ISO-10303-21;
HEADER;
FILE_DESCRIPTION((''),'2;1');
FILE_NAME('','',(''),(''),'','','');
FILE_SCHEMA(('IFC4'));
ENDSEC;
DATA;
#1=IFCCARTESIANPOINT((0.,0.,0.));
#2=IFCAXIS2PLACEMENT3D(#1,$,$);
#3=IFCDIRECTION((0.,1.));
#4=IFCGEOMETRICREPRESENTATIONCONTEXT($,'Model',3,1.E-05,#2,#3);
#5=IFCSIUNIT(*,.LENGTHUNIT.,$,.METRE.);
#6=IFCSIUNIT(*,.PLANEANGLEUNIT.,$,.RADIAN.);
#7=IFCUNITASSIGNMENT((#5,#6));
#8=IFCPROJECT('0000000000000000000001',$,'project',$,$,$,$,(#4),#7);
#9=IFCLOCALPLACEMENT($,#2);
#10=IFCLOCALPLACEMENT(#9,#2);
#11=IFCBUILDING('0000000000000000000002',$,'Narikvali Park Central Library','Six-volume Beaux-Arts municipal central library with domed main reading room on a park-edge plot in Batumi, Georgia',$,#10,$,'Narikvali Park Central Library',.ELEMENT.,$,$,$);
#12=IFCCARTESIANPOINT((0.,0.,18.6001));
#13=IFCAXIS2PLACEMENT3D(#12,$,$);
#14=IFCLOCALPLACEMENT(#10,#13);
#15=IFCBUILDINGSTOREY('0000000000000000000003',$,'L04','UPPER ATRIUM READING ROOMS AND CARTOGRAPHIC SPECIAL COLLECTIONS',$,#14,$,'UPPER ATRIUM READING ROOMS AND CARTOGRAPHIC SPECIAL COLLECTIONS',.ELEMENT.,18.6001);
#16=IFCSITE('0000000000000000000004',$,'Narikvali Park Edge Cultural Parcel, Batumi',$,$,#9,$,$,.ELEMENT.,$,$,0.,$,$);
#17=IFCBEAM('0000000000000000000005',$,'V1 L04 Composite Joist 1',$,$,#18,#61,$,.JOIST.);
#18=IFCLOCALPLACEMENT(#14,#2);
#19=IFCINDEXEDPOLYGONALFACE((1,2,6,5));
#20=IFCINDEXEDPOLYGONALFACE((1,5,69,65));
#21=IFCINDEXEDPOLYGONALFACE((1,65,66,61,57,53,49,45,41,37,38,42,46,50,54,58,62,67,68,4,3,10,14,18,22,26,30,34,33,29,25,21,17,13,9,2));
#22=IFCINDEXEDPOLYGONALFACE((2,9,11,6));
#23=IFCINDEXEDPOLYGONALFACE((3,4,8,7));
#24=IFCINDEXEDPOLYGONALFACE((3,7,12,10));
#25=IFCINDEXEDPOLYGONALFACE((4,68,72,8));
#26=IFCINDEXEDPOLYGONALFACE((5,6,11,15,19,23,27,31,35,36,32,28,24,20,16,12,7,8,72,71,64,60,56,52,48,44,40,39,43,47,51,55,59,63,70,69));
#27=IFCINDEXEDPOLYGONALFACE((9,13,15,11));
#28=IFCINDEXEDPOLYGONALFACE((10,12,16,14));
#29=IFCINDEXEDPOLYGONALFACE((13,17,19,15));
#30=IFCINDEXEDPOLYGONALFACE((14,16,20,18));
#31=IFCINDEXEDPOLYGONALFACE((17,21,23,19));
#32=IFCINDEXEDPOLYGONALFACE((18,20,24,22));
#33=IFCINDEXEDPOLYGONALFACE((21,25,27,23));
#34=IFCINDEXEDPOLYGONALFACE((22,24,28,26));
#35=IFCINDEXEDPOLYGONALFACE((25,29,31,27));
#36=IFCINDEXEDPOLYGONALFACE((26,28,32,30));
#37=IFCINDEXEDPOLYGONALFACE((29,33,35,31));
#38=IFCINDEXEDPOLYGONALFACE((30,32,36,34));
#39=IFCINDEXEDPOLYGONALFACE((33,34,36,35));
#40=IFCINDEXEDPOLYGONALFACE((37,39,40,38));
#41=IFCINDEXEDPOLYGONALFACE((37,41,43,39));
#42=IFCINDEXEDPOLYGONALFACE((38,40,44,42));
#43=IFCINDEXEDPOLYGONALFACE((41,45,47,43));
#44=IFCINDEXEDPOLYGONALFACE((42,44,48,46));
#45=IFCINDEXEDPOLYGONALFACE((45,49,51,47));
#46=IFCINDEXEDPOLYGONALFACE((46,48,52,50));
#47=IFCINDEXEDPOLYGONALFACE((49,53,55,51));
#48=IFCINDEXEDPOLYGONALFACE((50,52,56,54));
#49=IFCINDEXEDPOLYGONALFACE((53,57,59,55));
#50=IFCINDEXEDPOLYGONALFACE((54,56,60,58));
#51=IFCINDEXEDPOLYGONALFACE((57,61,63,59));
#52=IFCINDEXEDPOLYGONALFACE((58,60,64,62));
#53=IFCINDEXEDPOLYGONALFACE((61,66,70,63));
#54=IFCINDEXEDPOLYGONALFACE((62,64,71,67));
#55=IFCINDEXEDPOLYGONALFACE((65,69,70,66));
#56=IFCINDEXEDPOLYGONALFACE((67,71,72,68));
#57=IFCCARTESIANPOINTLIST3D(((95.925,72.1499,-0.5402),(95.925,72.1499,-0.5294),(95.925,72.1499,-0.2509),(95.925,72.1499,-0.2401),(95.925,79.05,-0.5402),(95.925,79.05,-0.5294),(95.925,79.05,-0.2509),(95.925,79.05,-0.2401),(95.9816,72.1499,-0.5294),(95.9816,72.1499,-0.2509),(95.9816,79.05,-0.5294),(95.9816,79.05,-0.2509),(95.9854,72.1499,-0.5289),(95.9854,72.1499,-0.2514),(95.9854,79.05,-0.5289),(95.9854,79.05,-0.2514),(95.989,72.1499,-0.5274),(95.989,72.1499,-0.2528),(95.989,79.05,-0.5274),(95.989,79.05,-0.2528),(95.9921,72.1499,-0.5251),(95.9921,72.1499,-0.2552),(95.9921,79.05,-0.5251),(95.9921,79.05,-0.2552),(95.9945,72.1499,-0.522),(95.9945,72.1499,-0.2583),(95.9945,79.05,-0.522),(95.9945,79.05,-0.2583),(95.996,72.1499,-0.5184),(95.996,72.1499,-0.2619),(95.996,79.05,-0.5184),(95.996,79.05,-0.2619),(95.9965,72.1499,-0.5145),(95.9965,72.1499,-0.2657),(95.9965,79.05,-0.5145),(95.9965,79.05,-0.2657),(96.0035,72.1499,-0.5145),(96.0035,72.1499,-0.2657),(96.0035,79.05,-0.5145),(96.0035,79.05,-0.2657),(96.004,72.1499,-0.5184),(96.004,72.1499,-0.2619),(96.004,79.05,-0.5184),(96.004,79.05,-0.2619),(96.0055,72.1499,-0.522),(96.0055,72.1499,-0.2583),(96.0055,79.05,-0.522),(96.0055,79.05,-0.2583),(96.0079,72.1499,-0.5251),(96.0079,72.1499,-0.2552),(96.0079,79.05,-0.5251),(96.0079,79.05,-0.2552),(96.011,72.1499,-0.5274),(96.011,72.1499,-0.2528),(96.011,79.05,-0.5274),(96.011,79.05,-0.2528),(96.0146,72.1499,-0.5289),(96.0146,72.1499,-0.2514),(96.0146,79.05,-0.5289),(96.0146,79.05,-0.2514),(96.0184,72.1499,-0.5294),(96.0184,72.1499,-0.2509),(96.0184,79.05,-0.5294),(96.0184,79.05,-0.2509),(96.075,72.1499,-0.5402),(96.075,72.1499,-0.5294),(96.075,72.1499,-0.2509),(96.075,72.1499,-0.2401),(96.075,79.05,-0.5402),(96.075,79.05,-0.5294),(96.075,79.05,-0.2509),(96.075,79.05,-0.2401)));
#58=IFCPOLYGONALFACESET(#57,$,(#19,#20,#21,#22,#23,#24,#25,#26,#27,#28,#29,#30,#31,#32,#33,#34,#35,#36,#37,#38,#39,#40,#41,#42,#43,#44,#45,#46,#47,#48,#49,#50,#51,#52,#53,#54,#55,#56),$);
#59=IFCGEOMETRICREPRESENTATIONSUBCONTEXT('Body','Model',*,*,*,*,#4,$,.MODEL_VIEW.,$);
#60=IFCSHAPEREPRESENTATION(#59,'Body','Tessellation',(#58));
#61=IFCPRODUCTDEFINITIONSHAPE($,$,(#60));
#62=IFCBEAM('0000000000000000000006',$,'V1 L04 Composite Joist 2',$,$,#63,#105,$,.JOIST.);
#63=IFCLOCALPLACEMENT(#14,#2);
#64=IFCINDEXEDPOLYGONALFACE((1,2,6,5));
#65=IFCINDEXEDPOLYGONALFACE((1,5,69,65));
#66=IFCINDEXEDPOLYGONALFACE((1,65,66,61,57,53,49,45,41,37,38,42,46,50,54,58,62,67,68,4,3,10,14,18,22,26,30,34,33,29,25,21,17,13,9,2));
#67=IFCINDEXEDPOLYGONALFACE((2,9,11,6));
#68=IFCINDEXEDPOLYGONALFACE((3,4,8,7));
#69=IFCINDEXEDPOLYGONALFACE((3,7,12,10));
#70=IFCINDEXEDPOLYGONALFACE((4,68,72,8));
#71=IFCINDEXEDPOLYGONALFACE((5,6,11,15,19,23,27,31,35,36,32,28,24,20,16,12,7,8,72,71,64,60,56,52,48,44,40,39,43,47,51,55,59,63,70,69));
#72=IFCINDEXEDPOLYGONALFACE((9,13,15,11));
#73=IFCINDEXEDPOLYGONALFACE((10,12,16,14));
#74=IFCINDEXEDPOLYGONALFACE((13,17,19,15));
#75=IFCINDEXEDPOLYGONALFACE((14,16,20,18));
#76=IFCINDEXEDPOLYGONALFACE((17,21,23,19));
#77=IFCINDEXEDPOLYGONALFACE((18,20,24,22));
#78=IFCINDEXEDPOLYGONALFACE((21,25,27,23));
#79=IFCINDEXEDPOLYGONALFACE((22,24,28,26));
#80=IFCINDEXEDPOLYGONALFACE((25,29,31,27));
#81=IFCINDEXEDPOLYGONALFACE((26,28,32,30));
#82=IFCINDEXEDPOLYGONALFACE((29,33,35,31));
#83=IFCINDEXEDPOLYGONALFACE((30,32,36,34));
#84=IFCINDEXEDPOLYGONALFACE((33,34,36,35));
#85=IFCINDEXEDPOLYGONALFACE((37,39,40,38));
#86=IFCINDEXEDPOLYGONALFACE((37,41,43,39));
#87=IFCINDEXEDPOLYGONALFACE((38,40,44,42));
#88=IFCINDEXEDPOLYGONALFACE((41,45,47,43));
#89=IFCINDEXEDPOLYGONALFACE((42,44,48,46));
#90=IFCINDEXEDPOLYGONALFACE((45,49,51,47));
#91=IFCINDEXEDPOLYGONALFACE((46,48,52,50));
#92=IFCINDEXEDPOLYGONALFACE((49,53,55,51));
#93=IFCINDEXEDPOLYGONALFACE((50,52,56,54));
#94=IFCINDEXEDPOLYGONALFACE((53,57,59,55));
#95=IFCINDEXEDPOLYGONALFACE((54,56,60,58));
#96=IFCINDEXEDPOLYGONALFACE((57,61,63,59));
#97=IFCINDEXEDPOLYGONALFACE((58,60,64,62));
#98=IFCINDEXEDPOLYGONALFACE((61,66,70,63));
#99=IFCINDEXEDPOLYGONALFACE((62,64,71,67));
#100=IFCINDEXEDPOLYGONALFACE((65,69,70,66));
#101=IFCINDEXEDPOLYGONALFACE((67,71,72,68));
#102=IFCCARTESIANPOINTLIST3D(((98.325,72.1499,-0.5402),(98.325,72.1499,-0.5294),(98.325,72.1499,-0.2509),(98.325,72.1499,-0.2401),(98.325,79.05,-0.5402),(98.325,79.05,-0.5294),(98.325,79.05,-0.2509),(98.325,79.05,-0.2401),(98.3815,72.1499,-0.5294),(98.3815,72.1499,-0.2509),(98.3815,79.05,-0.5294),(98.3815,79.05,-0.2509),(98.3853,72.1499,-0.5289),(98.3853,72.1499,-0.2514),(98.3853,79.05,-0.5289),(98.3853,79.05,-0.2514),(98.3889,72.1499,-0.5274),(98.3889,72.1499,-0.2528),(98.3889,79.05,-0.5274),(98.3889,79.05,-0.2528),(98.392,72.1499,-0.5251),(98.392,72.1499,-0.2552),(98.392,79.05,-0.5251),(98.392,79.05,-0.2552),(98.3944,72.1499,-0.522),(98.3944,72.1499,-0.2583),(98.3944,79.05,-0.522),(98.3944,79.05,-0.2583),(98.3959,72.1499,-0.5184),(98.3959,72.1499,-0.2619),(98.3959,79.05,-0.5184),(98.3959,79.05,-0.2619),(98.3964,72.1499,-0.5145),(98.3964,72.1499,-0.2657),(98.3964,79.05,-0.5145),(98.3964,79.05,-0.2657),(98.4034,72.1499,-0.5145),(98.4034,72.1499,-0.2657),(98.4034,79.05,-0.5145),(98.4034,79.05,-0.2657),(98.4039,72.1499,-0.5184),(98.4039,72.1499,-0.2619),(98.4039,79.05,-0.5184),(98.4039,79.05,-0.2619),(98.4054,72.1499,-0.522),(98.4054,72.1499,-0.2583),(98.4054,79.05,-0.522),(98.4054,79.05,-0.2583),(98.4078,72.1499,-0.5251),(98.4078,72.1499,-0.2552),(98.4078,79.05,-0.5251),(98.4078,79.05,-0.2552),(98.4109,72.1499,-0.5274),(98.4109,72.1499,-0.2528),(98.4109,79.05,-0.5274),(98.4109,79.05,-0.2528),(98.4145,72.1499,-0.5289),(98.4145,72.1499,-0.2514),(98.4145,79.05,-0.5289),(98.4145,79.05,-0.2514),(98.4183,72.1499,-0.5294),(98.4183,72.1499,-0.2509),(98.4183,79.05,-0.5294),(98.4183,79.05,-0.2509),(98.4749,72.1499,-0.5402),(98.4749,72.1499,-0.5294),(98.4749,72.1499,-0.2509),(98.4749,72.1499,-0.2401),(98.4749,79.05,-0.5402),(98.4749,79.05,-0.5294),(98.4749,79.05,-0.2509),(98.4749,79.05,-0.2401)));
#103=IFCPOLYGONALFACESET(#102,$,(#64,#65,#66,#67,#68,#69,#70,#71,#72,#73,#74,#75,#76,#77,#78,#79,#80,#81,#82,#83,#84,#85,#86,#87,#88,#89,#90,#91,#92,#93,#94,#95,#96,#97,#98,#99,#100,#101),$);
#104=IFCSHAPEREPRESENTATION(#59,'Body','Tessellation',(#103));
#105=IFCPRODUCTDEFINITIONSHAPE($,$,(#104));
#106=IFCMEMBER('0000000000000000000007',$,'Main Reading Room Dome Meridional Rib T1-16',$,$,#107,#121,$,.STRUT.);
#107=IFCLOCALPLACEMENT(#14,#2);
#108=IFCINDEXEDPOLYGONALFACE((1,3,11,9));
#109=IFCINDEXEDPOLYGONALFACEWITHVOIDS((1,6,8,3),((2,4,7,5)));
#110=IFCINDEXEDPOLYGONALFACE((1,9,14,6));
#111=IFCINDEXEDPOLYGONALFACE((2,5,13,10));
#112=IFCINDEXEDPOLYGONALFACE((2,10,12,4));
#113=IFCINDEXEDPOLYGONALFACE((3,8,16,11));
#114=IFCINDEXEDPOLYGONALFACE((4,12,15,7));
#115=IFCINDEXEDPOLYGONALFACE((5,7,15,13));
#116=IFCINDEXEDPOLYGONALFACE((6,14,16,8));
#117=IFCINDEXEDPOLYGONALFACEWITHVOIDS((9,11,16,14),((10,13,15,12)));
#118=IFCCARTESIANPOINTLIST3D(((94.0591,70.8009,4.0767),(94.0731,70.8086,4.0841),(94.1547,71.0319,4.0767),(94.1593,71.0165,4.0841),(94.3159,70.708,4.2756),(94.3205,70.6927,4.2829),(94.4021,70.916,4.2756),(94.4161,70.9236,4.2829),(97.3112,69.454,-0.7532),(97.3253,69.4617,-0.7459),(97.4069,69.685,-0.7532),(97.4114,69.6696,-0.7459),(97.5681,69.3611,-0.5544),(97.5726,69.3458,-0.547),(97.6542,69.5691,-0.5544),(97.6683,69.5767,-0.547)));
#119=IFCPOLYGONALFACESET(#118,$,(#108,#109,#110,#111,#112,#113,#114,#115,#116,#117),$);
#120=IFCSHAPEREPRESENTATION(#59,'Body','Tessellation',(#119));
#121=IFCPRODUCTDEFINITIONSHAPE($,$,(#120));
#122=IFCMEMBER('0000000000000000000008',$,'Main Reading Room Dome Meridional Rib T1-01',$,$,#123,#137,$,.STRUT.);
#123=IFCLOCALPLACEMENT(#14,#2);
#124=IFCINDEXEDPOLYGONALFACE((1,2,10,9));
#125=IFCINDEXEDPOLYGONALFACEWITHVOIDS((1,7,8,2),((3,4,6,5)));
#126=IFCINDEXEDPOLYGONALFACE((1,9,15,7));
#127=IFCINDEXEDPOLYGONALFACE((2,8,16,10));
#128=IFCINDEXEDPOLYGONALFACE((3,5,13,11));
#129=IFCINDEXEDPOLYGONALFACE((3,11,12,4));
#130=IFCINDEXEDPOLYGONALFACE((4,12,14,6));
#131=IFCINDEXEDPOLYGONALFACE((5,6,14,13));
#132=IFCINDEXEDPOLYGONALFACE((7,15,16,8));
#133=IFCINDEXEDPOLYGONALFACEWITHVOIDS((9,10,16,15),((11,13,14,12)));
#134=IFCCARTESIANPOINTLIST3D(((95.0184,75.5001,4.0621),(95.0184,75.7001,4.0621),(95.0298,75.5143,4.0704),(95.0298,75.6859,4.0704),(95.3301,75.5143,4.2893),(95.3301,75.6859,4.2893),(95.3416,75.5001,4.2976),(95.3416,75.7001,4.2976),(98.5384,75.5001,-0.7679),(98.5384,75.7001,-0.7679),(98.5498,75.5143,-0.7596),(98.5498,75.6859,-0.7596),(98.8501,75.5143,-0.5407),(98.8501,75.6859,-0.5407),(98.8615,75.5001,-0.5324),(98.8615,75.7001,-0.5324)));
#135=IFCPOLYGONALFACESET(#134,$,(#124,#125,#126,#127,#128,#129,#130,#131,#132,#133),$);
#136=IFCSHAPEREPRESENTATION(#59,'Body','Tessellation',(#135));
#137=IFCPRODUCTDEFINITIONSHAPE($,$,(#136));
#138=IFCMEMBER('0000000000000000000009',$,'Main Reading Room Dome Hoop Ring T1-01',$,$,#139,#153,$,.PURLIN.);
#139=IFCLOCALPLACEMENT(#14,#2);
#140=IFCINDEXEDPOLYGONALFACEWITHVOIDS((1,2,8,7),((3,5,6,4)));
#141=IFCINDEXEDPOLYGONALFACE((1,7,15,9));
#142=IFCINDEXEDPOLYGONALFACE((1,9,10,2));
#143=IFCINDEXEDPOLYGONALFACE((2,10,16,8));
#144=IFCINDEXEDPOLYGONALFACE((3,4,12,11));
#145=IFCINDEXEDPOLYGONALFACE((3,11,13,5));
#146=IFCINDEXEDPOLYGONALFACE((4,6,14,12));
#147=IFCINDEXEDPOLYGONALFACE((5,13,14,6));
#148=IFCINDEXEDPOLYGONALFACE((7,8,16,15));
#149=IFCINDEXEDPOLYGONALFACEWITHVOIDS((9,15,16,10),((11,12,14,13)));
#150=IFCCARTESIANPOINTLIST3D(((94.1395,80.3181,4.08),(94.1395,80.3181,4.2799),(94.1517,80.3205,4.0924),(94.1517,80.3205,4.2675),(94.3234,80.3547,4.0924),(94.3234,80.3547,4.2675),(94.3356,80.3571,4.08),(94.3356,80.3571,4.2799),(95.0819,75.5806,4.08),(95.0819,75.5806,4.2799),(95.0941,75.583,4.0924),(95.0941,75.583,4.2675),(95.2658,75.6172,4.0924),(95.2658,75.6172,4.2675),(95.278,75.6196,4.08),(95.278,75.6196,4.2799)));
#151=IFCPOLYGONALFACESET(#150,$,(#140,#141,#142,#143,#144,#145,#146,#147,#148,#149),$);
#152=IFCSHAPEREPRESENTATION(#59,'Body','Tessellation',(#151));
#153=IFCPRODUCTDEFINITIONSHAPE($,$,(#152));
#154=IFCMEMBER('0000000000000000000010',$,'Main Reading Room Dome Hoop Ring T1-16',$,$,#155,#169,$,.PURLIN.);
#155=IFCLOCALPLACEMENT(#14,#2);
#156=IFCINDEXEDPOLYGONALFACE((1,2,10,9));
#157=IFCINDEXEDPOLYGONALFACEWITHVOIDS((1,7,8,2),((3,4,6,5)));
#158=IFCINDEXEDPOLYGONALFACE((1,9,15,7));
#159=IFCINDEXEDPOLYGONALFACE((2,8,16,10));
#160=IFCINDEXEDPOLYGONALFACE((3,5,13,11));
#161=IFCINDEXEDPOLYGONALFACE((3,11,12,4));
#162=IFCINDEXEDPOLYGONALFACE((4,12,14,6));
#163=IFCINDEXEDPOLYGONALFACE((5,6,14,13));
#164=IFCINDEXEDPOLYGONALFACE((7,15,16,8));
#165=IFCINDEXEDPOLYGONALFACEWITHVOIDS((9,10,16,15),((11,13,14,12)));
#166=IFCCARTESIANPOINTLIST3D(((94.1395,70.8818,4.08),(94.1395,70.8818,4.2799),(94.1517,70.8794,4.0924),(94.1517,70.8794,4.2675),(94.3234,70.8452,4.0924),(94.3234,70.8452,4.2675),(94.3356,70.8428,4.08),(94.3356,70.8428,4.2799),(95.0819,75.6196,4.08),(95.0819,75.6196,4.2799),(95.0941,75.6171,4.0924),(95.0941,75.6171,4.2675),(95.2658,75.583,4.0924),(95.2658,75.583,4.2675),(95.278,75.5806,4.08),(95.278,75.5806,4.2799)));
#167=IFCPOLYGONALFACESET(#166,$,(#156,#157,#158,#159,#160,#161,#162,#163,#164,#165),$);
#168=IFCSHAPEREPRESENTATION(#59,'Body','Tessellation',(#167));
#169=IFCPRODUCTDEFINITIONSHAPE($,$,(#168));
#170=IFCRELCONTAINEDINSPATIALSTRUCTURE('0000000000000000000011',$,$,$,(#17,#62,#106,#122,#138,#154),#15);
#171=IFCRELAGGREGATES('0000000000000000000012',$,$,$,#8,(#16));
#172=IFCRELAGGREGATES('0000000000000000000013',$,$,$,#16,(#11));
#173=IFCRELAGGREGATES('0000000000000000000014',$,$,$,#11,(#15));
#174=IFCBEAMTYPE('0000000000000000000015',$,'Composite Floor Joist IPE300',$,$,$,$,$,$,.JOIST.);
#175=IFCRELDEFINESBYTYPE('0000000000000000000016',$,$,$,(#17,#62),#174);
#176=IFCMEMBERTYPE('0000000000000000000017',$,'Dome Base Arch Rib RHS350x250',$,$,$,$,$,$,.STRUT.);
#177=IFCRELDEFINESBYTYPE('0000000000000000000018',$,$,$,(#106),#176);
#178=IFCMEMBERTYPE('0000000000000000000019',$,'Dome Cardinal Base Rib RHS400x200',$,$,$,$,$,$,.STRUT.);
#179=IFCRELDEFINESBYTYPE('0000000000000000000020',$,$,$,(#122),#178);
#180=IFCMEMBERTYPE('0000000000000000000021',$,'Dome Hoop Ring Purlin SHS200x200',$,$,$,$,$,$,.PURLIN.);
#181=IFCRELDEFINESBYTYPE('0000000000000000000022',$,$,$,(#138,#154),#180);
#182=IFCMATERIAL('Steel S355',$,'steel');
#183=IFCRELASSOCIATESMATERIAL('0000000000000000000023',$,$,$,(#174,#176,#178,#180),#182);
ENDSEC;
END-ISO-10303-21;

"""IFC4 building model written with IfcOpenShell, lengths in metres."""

from ifc_helpers import new_model, si_unit, direction, frame, origin, origin_2d, place, context, subcontext, project, spatial, hollow_rectangle, i_section, extrude, material, material_profile, profile_set, type_object, element, save


model = new_model("IFC4")

# Units and contexts
model_context = context("Model", 3, precision=1e-05, world=origin(), true_north=direction((0.0, 1.0)))
body_context = subcontext(model_context, "Body", "Model", "MODEL_VIEW")
ifc_project = project(units=[si_unit("LENGTHUNIT", "METRE"), si_unit("PLANEANGLEUNIT", "RADIAN")], contexts=[model_context])

# Site, building, storey
site_placement = place(None, origin())
site = spatial("IfcSite", under=ifc_project, at=site_placement, Name="Narikvali Park Edge Cultural Parcel, Batumi", CompositionType="ELEMENT", RefElevation=0.0)
building_placement = place(site_placement, origin())
building = spatial("IfcBuilding", under=site, at=building_placement, Name="Narikvali Park Central Library", Description="Six-volume Beaux-Arts municipal central library with domed main reading room on a park-edge plot in Batumi, Georgia", LongName="Narikvali Park Central Library", CompositionType="ELEMENT")
storey_placement = place(building_placement, frame((0.0, 0.0, 18.6001)))
storey = spatial("IfcBuildingStorey", under=building, at=storey_placement, Name="L04", Description="UPPER ATRIUM READING ROOMS AND CARTOGRAPHIC SPECIAL COLLECTIONS", LongName="UPPER ATRIUM READING ROOMS AND CARTOGRAPHIC SPECIAL COLLECTIONS", CompositionType="ELEMENT", Elevation=18.6001)

# Beams
ifc_material_1 = material(Name="Steel S355", Category="steel")
ifc_material_profile_1 = material_profile(ifc_material_1, i_section(OverallWidth=0.1499, OverallDepth=0.3, WebThickness=0.0071, FlangeThickness=0.0107, FilletRadius=0.0149, at=origin_2d()), Name="IPE 300")
ifc_profile_set_1 = profile_set([ifc_material_profile_1], Name="Steel S355")
beam_type_1 = type_object("IfcBeamType", Name="Composite Floor Joist IPE300", PredefinedType="JOIST", material=ifc_profile_set_1)
for number, where, z_axis, x_axis, name in (
    (1, (96.0, 72.1499, -0.3901), (0.0, 1.0, 0.0), (-1.0, 0.0, 0.0), "V1 L04 Composite Joist 1"),
    (2, (98.3999, 72.1499, -0.3901), (0.0, 1.0, 0.0), (-1.0, 0.0, 0.0), "V1 L04 Composite Joist 2"),
):
    element("IfcBeam", number, at=place(storey_placement, frame(where, z_axis=z_axis, x_axis=x_axis)), inside=storey, type_object=beam_type_1, Name=name, PredefinedType="JOIST", context=body_context, shape_type="SweptSolid", body=[
        extrude(i_section(OverallWidth=0.1499, OverallDepth=0.3, WebThickness=0.0071, FlangeThickness=0.0107, FilletRadius=0.0149, at=origin_2d()), origin(), (0.0, 0.0, 1.0), 6.9001),
    ])

# Members
ifc_material_profile_2 = material_profile(ifc_material_1, hollow_rectangle(XDim=0.25, YDim=0.3501, WallThickness=0.0125, at=origin_2d()), Name="RHS 350x250x12.5")
ifc_profile_set_2 = profile_set([ifc_material_profile_2], Name="Steel S355")
member_type_1 = type_object("IfcMemberType", Name="Dome Base Arch Rib RHS350x250", PredefinedType="STRUT", material=ifc_profile_set_2)
member_1_placement = place(storey_placement, frame((97.4897, 69.5154, -0.6501), z_axis=(-0.544148, 0.225363, 0.808155), x_axis=(-0.38264, -0.923898, 0.0)))
element("IfcMember", 3, at=member_1_placement, inside=storey, type_object=member_type_1, Name="Main Reading Room Dome Meridional Rib T1-16", PredefinedType="STRUT", context=body_context, shape_type="SweptSolid", body=[
    extrude(hollow_rectangle(XDim=0.25, YDim=0.3501, WallThickness=0.0125, at=origin_2d()), origin(), (0.0, 0.0, 1.0), 5.9766),
])
ifc_material_profile_3 = material_profile(ifc_material_1, hollow_rectangle(XDim=0.2, YDim=0.3999, WallThickness=0.0142, at=origin_2d()), Name="RHS 400x200x14.2")
ifc_profile_set_3 = profile_set([ifc_material_profile_3], Name="Steel S355")
member_type_2 = type_object("IfcMemberType", Name="Dome Cardinal Base Rib RHS400x200", PredefinedType="STRUT", material=ifc_profile_set_3)
member_2_placement = place(storey_placement, frame((98.7, 75.6001, -0.6501), z_axis=(-0.588963, 0.0, 0.80816), x_axis=(0.0, -1.0, 0.0)))
element("IfcMember", 4, at=member_2_placement, inside=storey, type_object=member_type_2, Name="Main Reading Room Dome Meridional Rib T1-01", PredefinedType="STRUT", context=body_context, shape_type="SweptSolid", body=[
    extrude(hollow_rectangle(XDim=0.2, YDim=0.3999, WallThickness=0.0142, at=origin_2d()), origin(), (0.0, 0.0, 1.0), 5.9766),
])
ifc_material_profile_4 = material_profile(ifc_material_1, hollow_rectangle(XDim=0.2, YDim=0.2, WallThickness=0.0125, at=origin_2d()), Name="SHS 200x200x12.5")
ifc_profile_set_4 = profile_set([ifc_material_profile_4], Name="Steel S355")
member_type_3 = type_object("IfcMemberType", Name="Dome Hoop Ring Purlin SHS200x200", PredefinedType="PURLIN", material=ifc_profile_set_4)
member_3_placement = place(storey_placement, frame((95.1799, 75.6001, 4.1799), z_axis=(-0.195095, 0.980784, 0.0), x_axis=(-0.980784, -0.195095, 0.0)))
element("IfcMember", 5, at=member_3_placement, inside=storey, type_object=member_type_3, Name="Main Reading Room Dome Hoop Ring T1-01", PredefinedType="PURLIN", context=body_context, shape_type="SweptSolid", body=[
    extrude(hollow_rectangle(XDim=0.2, YDim=0.2, WallThickness=0.0125, at=origin_2d()), origin(), (0.0, 0.0, 1.0), 4.8303),
])
member_4_placement = place(storey_placement, frame((94.2375, 70.8623, 4.1799), z_axis=(0.195086, 0.980786, 0.0), x_axis=(-0.980786, 0.195086, 0.0)))
element("IfcMember", 6, at=member_4_placement, inside=storey, type_object=member_type_3, Name="Main Reading Room Dome Hoop Ring T1-16", PredefinedType="PURLIN", context=body_context, shape_type="SweptSolid", body=[
    extrude(hollow_rectangle(XDim=0.2, YDim=0.2, WallThickness=0.0125, at=origin_2d()), origin(), (0.0, 0.0, 1.0), 4.8306),
])

save(model, "model.ifc")
